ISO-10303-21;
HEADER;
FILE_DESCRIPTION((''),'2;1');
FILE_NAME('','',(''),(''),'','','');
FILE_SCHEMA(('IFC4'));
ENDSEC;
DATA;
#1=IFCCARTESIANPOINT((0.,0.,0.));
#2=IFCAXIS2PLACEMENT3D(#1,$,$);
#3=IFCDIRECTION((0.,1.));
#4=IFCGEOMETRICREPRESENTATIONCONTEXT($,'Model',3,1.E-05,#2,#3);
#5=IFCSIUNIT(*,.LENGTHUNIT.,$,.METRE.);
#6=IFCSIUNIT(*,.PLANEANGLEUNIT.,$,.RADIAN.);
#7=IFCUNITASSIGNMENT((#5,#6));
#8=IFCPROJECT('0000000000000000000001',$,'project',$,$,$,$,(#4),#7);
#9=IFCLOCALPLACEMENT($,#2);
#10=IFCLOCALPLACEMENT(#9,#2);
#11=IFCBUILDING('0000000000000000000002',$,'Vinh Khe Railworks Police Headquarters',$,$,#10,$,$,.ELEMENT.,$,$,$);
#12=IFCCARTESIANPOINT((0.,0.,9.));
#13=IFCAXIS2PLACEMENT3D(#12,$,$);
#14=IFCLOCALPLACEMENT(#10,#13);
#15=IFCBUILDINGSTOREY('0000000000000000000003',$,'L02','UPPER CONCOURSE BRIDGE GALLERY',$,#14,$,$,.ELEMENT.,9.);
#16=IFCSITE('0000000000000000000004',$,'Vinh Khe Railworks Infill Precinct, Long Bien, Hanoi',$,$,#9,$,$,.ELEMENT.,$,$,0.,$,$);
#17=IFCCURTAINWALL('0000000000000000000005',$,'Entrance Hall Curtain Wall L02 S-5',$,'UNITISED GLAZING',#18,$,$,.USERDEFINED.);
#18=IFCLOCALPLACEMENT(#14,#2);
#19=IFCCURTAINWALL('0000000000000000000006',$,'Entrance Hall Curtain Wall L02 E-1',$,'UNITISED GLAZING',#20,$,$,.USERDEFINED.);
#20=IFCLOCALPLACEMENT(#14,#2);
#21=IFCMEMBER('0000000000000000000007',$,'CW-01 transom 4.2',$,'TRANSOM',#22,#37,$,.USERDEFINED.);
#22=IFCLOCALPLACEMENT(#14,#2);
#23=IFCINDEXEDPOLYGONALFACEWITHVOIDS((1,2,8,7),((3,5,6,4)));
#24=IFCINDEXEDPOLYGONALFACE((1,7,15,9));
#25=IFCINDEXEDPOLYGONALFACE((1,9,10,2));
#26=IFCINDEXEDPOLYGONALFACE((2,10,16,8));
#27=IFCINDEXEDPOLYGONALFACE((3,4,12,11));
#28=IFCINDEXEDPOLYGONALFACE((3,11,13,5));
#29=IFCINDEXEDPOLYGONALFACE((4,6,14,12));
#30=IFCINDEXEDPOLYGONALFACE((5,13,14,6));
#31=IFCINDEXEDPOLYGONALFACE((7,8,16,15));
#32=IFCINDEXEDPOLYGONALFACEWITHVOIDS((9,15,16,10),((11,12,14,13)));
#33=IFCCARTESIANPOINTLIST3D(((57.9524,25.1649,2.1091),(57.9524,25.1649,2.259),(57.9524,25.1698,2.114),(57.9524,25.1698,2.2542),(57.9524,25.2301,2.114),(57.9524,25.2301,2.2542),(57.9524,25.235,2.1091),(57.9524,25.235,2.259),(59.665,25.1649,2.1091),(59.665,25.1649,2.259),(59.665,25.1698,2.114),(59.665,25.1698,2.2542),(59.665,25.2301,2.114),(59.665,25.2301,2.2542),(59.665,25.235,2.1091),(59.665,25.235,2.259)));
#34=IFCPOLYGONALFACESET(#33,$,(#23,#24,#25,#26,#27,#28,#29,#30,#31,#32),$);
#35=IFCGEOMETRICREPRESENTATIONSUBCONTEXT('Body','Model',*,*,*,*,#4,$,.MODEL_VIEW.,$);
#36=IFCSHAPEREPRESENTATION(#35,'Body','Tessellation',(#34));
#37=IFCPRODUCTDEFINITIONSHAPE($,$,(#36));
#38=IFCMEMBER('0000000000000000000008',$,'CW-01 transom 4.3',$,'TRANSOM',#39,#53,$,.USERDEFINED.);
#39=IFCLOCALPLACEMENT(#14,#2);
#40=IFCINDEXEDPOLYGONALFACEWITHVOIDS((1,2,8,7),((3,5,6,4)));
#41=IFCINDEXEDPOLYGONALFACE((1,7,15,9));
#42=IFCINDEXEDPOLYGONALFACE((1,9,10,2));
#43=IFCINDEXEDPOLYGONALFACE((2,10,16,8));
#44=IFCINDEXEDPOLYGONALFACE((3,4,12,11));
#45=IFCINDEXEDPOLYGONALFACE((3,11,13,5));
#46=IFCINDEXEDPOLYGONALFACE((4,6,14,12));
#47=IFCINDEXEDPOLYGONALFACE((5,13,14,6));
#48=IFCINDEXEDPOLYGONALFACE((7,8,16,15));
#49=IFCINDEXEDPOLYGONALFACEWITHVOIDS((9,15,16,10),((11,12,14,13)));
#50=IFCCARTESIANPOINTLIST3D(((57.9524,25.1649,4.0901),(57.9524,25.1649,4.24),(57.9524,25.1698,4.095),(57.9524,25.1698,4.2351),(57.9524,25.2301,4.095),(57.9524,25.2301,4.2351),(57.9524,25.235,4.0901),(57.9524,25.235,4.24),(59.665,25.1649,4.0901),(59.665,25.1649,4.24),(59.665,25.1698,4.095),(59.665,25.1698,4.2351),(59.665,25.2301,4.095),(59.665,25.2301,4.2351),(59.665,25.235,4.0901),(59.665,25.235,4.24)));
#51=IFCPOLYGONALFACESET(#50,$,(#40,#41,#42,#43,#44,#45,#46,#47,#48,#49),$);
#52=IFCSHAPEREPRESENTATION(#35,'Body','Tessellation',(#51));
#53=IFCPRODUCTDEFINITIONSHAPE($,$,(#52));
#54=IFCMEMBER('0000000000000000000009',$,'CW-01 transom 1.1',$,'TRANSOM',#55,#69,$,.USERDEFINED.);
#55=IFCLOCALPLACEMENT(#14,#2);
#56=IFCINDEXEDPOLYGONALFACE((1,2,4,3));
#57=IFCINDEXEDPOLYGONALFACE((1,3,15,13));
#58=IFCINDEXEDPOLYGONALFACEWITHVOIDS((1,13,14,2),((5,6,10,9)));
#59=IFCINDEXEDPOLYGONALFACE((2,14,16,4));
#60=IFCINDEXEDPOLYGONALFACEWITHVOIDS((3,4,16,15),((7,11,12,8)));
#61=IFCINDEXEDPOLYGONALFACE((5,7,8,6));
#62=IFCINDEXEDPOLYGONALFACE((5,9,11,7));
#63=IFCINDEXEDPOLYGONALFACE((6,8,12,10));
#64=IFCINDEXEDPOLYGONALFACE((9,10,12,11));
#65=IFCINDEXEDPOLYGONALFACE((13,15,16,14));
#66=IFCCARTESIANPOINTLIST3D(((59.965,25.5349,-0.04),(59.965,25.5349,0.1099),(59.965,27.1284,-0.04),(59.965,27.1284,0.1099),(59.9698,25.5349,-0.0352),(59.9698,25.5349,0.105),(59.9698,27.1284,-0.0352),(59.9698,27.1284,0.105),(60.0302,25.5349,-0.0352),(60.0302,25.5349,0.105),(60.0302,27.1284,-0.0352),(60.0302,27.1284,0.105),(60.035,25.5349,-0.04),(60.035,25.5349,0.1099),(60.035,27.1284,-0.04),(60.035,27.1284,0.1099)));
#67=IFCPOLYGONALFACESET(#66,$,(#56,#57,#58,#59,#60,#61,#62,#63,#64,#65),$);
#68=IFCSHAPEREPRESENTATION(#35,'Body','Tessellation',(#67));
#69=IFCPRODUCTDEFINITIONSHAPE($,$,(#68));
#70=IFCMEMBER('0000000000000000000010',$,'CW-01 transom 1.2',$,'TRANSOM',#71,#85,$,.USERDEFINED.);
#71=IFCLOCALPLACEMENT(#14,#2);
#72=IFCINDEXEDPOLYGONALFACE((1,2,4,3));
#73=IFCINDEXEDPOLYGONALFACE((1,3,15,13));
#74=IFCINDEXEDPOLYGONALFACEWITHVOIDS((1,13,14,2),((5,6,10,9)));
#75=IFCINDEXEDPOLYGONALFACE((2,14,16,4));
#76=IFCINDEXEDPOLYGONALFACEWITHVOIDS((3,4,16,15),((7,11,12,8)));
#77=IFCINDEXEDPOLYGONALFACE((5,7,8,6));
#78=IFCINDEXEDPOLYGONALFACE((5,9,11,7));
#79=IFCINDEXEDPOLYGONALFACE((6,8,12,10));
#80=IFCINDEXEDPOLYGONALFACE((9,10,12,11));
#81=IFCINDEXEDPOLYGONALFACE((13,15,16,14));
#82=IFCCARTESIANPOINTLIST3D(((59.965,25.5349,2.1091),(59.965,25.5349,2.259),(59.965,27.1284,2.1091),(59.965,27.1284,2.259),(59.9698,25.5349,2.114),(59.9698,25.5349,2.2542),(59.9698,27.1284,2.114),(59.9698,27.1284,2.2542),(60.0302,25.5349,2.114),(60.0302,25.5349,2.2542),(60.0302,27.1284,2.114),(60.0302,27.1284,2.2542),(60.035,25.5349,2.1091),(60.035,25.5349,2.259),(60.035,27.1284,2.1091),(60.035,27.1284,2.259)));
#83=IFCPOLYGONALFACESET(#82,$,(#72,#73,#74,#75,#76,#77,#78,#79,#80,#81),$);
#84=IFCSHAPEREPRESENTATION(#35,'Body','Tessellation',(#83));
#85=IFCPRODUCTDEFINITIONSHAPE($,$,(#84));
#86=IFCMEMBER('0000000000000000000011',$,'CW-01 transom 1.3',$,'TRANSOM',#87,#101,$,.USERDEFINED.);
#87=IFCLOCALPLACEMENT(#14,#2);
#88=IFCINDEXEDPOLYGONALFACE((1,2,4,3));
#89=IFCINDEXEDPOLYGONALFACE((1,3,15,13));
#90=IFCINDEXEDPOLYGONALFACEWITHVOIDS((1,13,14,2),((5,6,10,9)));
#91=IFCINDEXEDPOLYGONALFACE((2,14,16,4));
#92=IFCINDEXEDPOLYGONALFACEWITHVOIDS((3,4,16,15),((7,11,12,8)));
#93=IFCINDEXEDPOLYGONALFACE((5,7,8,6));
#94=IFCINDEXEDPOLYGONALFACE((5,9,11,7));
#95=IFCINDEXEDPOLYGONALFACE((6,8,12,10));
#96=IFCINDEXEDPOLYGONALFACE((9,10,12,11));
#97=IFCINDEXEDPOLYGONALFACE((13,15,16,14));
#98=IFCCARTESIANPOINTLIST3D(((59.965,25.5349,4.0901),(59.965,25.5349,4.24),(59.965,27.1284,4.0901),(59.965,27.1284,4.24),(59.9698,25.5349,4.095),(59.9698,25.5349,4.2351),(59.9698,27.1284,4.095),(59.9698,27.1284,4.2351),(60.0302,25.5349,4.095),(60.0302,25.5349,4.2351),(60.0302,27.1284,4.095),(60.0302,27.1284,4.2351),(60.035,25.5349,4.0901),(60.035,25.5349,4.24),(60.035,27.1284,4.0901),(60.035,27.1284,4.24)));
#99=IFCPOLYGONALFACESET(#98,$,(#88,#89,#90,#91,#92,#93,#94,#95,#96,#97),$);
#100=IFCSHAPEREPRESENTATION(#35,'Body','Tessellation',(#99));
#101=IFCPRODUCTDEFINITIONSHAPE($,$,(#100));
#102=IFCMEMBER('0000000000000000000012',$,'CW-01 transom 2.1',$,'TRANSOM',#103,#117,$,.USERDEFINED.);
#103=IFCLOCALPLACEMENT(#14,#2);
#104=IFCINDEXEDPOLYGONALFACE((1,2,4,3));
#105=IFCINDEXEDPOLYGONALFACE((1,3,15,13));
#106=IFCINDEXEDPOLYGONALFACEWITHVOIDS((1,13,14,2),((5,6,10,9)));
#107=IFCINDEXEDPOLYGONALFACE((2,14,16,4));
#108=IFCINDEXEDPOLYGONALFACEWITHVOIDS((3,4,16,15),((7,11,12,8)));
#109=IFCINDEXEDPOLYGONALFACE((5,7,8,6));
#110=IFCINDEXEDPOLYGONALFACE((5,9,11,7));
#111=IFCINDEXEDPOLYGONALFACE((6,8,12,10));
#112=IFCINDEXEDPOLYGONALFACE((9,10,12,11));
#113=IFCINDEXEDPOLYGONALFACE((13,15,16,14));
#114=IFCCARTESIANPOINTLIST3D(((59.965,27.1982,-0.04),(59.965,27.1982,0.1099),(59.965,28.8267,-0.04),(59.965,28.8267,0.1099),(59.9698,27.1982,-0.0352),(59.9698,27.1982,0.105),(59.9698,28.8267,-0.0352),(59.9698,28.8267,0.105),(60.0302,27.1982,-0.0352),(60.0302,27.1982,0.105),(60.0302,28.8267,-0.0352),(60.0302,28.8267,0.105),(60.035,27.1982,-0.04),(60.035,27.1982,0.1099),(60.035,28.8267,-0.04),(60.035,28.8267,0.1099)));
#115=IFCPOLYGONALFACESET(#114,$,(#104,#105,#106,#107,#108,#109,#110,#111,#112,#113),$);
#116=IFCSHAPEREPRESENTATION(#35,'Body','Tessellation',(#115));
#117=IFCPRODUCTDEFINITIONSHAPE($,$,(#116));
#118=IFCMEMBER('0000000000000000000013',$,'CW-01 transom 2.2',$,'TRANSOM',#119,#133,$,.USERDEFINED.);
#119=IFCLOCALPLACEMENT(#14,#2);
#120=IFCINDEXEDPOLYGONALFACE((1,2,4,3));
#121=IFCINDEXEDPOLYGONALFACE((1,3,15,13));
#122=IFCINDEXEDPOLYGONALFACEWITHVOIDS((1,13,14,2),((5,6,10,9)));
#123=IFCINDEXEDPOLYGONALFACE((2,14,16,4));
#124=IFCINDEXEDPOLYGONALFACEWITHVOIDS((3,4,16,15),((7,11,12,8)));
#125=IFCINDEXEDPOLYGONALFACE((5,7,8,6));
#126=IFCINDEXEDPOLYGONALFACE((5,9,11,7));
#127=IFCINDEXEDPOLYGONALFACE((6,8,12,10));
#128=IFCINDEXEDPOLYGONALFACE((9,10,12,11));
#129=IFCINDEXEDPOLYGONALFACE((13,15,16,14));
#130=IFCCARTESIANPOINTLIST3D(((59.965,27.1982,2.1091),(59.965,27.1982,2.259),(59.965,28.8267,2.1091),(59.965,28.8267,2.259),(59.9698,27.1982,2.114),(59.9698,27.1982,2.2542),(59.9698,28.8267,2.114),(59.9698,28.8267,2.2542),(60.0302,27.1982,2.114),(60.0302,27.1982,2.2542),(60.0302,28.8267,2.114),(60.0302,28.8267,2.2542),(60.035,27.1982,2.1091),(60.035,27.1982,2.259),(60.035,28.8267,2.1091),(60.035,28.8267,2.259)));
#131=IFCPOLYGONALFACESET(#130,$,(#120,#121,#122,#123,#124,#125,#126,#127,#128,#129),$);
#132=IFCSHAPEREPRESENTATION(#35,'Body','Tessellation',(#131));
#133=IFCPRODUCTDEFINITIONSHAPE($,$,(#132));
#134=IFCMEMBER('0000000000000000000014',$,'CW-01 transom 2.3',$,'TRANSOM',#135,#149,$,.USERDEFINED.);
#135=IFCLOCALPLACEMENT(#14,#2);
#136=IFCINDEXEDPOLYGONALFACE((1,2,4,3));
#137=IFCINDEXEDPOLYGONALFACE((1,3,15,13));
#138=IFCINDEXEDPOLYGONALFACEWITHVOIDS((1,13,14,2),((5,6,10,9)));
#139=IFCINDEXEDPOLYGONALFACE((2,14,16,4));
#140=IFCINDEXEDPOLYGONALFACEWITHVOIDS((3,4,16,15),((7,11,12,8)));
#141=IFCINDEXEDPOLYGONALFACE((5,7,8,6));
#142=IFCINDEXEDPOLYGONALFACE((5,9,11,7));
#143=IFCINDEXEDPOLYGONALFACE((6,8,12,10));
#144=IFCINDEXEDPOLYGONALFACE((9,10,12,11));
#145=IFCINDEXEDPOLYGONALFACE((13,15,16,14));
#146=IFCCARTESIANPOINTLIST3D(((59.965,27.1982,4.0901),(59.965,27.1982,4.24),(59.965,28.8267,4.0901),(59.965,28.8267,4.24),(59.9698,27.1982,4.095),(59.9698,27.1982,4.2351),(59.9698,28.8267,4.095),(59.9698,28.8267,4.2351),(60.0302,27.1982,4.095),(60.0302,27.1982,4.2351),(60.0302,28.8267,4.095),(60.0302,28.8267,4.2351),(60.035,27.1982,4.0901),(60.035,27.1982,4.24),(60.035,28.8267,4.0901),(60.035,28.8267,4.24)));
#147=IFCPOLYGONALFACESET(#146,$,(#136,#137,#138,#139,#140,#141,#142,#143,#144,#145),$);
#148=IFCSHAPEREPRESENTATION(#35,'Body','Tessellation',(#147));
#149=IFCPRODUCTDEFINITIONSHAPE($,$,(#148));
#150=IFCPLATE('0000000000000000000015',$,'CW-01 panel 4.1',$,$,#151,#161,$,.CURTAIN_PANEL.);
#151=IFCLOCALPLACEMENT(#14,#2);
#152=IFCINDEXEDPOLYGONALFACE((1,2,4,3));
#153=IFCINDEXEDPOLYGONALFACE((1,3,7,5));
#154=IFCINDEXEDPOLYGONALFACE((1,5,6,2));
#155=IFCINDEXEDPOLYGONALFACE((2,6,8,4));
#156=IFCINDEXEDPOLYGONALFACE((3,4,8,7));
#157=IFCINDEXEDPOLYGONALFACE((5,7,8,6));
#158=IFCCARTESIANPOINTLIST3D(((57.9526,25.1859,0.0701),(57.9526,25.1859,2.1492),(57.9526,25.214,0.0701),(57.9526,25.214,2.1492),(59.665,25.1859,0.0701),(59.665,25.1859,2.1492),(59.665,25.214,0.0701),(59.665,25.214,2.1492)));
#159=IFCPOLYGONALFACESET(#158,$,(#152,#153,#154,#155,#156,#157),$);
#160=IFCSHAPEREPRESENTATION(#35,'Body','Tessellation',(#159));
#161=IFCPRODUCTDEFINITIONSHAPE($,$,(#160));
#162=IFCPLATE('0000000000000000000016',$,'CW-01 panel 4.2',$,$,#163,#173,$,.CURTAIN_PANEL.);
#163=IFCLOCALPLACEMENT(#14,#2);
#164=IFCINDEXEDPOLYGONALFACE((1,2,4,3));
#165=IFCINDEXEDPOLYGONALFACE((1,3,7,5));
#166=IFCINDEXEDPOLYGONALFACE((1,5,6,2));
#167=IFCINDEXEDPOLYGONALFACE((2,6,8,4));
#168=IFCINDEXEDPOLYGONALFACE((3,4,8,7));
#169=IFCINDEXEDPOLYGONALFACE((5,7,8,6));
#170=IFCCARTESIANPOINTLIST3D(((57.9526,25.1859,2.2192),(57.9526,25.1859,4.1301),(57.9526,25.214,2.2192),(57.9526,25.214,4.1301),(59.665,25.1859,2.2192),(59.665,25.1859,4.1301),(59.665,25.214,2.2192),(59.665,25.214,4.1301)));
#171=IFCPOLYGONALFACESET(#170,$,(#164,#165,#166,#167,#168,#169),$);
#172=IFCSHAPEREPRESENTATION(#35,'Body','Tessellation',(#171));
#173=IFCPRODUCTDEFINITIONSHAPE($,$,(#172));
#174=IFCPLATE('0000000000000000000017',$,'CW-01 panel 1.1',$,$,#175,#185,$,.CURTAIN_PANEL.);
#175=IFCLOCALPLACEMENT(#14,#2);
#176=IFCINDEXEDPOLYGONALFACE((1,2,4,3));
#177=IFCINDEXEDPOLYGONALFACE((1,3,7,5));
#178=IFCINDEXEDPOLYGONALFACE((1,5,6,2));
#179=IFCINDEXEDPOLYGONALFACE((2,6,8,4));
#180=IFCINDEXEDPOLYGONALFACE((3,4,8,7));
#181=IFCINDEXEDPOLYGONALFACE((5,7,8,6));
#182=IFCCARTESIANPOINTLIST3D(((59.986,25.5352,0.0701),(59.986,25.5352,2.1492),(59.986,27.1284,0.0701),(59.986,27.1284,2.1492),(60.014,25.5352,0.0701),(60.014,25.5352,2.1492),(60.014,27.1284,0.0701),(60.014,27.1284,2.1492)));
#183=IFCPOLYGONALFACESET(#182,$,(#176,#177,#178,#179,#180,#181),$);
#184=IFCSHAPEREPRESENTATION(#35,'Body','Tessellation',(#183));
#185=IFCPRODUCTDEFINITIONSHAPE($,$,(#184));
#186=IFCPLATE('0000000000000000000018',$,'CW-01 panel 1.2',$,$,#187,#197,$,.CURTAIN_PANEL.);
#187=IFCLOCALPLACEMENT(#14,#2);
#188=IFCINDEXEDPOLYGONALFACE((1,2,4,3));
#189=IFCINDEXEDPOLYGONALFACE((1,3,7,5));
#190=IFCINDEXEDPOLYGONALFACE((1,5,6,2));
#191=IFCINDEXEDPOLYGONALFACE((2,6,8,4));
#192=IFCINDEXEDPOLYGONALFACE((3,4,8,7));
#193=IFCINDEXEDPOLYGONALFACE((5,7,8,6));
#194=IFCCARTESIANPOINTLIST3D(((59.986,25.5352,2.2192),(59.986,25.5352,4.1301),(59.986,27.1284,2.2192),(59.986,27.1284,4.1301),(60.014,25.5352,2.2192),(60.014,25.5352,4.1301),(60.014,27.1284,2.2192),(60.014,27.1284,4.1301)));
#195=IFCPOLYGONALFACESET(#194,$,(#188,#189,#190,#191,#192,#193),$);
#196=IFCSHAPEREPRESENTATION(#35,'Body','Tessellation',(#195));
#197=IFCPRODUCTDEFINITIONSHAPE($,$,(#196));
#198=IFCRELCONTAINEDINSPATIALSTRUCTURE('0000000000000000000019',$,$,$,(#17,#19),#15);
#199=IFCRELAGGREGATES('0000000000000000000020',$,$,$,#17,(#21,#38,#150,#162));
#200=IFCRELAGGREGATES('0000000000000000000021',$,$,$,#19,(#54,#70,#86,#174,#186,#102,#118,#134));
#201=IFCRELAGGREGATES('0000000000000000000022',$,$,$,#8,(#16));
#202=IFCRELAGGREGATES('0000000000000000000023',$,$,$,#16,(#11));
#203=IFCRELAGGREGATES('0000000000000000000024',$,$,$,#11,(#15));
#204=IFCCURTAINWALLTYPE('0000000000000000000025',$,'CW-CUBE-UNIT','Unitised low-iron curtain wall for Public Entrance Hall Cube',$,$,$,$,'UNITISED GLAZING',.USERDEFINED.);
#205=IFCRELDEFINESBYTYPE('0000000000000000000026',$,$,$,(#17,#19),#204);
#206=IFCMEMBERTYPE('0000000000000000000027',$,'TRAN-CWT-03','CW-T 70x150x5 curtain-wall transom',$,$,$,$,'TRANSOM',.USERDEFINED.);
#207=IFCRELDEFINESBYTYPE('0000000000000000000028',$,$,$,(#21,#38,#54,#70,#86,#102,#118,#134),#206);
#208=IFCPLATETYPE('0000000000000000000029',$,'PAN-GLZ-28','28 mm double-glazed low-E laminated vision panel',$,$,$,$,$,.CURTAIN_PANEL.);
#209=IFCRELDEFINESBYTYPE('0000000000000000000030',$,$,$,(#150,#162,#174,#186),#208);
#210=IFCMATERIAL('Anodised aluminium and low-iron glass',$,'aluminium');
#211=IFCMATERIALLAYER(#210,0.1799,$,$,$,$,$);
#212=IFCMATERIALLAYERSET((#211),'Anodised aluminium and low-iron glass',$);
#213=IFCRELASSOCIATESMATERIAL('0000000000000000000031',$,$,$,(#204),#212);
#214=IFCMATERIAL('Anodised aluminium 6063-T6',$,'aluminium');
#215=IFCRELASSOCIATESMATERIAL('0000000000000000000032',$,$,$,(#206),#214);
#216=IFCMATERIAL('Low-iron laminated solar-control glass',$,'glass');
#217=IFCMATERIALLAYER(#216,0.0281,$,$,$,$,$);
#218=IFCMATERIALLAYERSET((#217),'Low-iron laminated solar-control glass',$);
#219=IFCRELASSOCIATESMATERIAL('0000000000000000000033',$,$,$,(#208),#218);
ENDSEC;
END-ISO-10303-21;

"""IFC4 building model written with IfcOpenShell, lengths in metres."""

from ifc_helpers import new_model, si_unit, direction, frame, origin, origin_2d, place, context, subcontext, project, spatial, rectangle, hollow_rectangle, extrude, material, layer, layer_set, material_profile, profile_set, type_object, element, aggregate, save


model = new_model("IFC4")

# Units and contexts
model_context = context("Model", 3, precision=1e-05, world=origin(), true_north=direction((0.0, 1.0)))
body_context = subcontext(model_context, "Body", "Model", "MODEL_VIEW")
ifc_project = project(units=[si_unit("LENGTHUNIT", "METRE"), si_unit("PLANEANGLEUNIT", "RADIAN")], contexts=[model_context])

# Site, building, storey
site_placement = place(None, origin())
site = spatial("IfcSite", under=ifc_project, at=site_placement, Name="Vinh Khe Railworks Infill Precinct, Long Bien, Hanoi", CompositionType="ELEMENT", RefElevation=0.0)
building_placement = place(site_placement, origin())
building = spatial("IfcBuilding", under=site, at=building_placement, Name="Vinh Khe Railworks Police Headquarters", CompositionType="ELEMENT")
storey_placement = place(building_placement, frame((0.0, 0.0, 9.0)))
storey = spatial("IfcBuildingStorey", under=building, at=storey_placement, Name="L02", Description="UPPER CONCOURSE BRIDGE GALLERY", CompositionType="ELEMENT", Elevation=9.0)

# Curtain walls
ifc_material_1 = material(Name="Anodised aluminium and low-iron glass", Category="aluminium")
ifc_layer_1 = layer(ifc_material_1, 0.1799)
ifc_layer_set_1 = layer_set([ifc_layer_1], Name="Anodised aluminium and low-iron glass")
curtain_wall_type = type_object("IfcCurtainWallType", Name="CW-CUBE-UNIT", Description="Unitised low-iron curtain wall for Public Entrance Hall Cube", ElementType="UNITISED GLAZING", PredefinedType="USERDEFINED", material=ifc_layer_set_1)
curtain_wall_1_placement = place(storey_placement, origin())
curtain_wall_1 = element("IfcCurtainWall", 1, at=curtain_wall_1_placement, inside=storey, type_object=curtain_wall_type, Name="Entrance Hall Curtain Wall L02 S-5", ObjectType="UNITISED GLAZING", PredefinedType="USERDEFINED")
ifc_material_2 = material(Name="Anodised aluminium 6063-T6", Category="aluminium")
curtain_wall_2_placement = place(storey_placement, origin())
curtain_wall_2 = element("IfcCurtainWall", 2, at=curtain_wall_2_placement, inside=storey, type_object=curtain_wall_type, Name="Entrance Hall Curtain Wall L02 E-1", ObjectType="UNITISED GLAZING", PredefinedType="USERDEFINED")

# Members
ifc_material_profile_1 = material_profile(ifc_material_2, hollow_rectangle(XDim=0.0701, YDim=0.1499, WallThickness=0.0049, at=origin_2d()), Name="CW-T 70x150x5")
ifc_profile_set_1 = profile_set([ifc_material_profile_1], Name="Anodised aluminium 6063-T6")
member_type_1 = type_object("IfcMemberType", Name="TRAN-CWT-03", Description="CW-T 70x150x5 curtain-wall transom", ElementType="TRANSOM", PredefinedType="USERDEFINED", material=ifc_profile_set_1)
member_1_placement = place(storey_placement, frame((57.9524, 25.2, 2.1841), z_axis=(1.0, 0.0, 0.0), x_axis=(0.0, 1.0, 0.0)))
member_1 = element("IfcMember", 3, at=member_1_placement, type_object=member_type_1, Name="CW-01 transom 4.2", ObjectType="TRANSOM", PredefinedType="USERDEFINED", context=body_context, shape_type="SweptSolid", body=[
    extrude(hollow_rectangle(XDim=0.0701, YDim=0.1499, WallThickness=0.0049, at=origin_2d()), origin(), (0.0, 0.0, 1.0), 1.7126),
])
member_2_placement = place(storey_placement, frame((57.9524, 25.2, 4.165), z_axis=(1.0, 0.0, 0.0), x_axis=(0.0, 1.0, 0.0)))
member_2 = element("IfcMember", 4, at=member_2_placement, type_object=member_type_1, Name="CW-01 transom 4.3", ObjectType="TRANSOM", PredefinedType="USERDEFINED", context=body_context, shape_type="SweptSolid", body=[
    extrude(hollow_rectangle(XDim=0.0701, YDim=0.1499, WallThickness=0.0049, at=origin_2d()), origin(), (0.0, 0.0, 1.0), 1.7126),
])
member_3_placement = place(storey_placement, frame((60.0, 25.5349, 0.0349), z_axis=(0.0, 1.0, 0.0), x_axis=(-1.0, 0.0, 0.0)))
member_3 = element("IfcMember", 5, at=member_3_placement, type_object=member_type_1, Name="CW-01 transom 1.1", ObjectType="TRANSOM", PredefinedType="USERDEFINED", context=body_context, shape_type="SweptSolid", body=[
    extrude(hollow_rectangle(XDim=0.0701, YDim=0.1499, WallThickness=0.0049, at=origin_2d()), origin(), (0.0, 0.0, 1.0), 1.5935),
])
member_4_placement = place(storey_placement, frame((60.0, 25.5349, 2.1841), z_axis=(0.0, 1.0, 0.0), x_axis=(-1.0, 0.0, 0.0)))
member_4 = element("IfcMember", 6, at=member_4_placement, type_object=member_type_1, Name="CW-01 transom 1.2", ObjectType="TRANSOM", PredefinedType="USERDEFINED", context=body_context, shape_type="SweptSolid", body=[
    extrude(hollow_rectangle(XDim=0.0701, YDim=0.1499, WallThickness=0.0049, at=origin_2d()), origin(), (0.0, 0.0, 1.0), 1.5935),
])
member_5_placement = place(storey_placement, frame((60.0, 25.5349, 4.165), z_axis=(0.0, 1.0, 0.0), x_axis=(-1.0, 0.0, 0.0)))
member_5 = element("IfcMember", 7, at=member_5_placement, type_object=member_type_1, Name="CW-01 transom 1.3", ObjectType="TRANSOM", PredefinedType="USERDEFINED", context=body_context, shape_type="SweptSolid", body=[
    extrude(hollow_rectangle(XDim=0.0701, YDim=0.1499, WallThickness=0.0049, at=origin_2d()), origin(), (0.0, 0.0, 1.0), 1.5935),
])
member_6_placement = place(storey_placement, frame((60.0, 27.1982, 0.0349), z_axis=(0.0, 1.0, 0.0), x_axis=(-1.0, 0.0, 0.0)))
member_6 = element("IfcMember", 8, at=member_6_placement, type_object=member_type_1, Name="CW-01 transom 2.1", ObjectType="TRANSOM", PredefinedType="USERDEFINED", context=body_context, shape_type="SweptSolid", body=[
    extrude(hollow_rectangle(XDim=0.0701, YDim=0.1499, WallThickness=0.0049, at=origin_2d()), origin(), (0.0, 0.0, 1.0), 1.6284),
])
member_7_placement = place(storey_placement, frame((60.0, 27.1982, 2.1841), z_axis=(0.0, 1.0, 0.0), x_axis=(-1.0, 0.0, 0.0)))
member_7 = element("IfcMember", 9, at=member_7_placement, type_object=member_type_1, Name="CW-01 transom 2.2", ObjectType="TRANSOM", PredefinedType="USERDEFINED", context=body_context, shape_type="SweptSolid", body=[
    extrude(hollow_rectangle(XDim=0.0701, YDim=0.1499, WallThickness=0.0049, at=origin_2d()), origin(), (0.0, 0.0, 1.0), 1.6284),
])
member_8_placement = place(storey_placement, frame((60.0, 27.1982, 4.165), z_axis=(0.0, 1.0, 0.0), x_axis=(-1.0, 0.0, 0.0)))
member_8 = element("IfcMember", 10, at=member_8_placement, type_object=member_type_1, Name="CW-01 transom 2.3", ObjectType="TRANSOM", PredefinedType="USERDEFINED", context=body_context, shape_type="SweptSolid", body=[
    extrude(hollow_rectangle(XDim=0.0701, YDim=0.1499, WallThickness=0.0049, at=origin_2d()), origin(), (0.0, 0.0, 1.0), 1.6284),
])

# Plates
ifc_material_3 = material(Name="Low-iron laminated solar-control glass", Category="glass")
ifc_layer_2 = layer(ifc_material_3, 0.0281)
ifc_layer_set_2 = layer_set([ifc_layer_2], Name="Low-iron laminated solar-control glass")
plate_type = type_object("IfcPlateType", Name="PAN-GLZ-28", Description="28 mm double-glazed low-E laminated vision panel", PredefinedType="CURTAIN_PANEL", material=ifc_layer_set_2)
plate_1_placement = place(storey_placement, frame((58.8088, 25.2, 0.0701), z_axis=(0.0, 0.0, 1.0), x_axis=(1.0, 0.0, 0.0)))
plate_1 = element("IfcPlate", 11, at=plate_1_placement, type_object=plate_type, Name="CW-01 panel 4.1", PredefinedType="CURTAIN_PANEL", context=body_context, shape_type="SweptSolid", body=[
    extrude(rectangle(XDim=1.7124, YDim=0.0281, at=origin_2d()), origin(), (0.0, 0.0, 1.0), 2.0791),
])
plate_2_placement = place(storey_placement, frame((58.8088, 25.2, 2.2192), z_axis=(0.0, 0.0, 1.0), x_axis=(1.0, 0.0, 0.0)))
plate_2 = element("IfcPlate", 12, at=plate_2_placement, type_object=plate_type, Name="CW-01 panel 4.2", PredefinedType="CURTAIN_PANEL", context=body_context, shape_type="SweptSolid", body=[
    extrude(rectangle(XDim=1.7124, YDim=0.0281, at=origin_2d()), origin(), (0.0, 0.0, 1.0), 1.9109),
])
aggregate(curtain_wall_1, [member_1, member_2, plate_1, plate_2])
plate_3_placement = place(storey_placement, frame((60.0, 26.3318, 0.0701), z_axis=(0.0, 0.0, 1.0), x_axis=(0.0, 1.0, 0.0)))
plate_3 = element("IfcPlate", 13, at=plate_3_placement, type_object=plate_type, Name="CW-01 panel 1.1", PredefinedType="CURTAIN_PANEL", context=body_context, shape_type="SweptSolid", body=[
    extrude(rectangle(XDim=1.5933, YDim=0.0281, at=origin_2d()), origin(), (0.0, 0.0, 1.0), 2.0791),
])
plate_4_placement = place(storey_placement, frame((60.0, 26.3318, 2.2192), z_axis=(0.0, 0.0, 1.0), x_axis=(0.0, 1.0, 0.0)))
plate_4 = element("IfcPlate", 14, at=plate_4_placement, type_object=plate_type, Name="CW-01 panel 1.2", PredefinedType="CURTAIN_PANEL", context=body_context, shape_type="SweptSolid", body=[
    extrude(rectangle(XDim=1.5933, YDim=0.0281, at=origin_2d()), origin(), (0.0, 0.0, 1.0), 1.9109),
])
aggregate(curtain_wall_2, [member_3, member_4, member_5, plate_3, plate_4, member_6, member_7, member_8])

save(model, "model.ifc")
